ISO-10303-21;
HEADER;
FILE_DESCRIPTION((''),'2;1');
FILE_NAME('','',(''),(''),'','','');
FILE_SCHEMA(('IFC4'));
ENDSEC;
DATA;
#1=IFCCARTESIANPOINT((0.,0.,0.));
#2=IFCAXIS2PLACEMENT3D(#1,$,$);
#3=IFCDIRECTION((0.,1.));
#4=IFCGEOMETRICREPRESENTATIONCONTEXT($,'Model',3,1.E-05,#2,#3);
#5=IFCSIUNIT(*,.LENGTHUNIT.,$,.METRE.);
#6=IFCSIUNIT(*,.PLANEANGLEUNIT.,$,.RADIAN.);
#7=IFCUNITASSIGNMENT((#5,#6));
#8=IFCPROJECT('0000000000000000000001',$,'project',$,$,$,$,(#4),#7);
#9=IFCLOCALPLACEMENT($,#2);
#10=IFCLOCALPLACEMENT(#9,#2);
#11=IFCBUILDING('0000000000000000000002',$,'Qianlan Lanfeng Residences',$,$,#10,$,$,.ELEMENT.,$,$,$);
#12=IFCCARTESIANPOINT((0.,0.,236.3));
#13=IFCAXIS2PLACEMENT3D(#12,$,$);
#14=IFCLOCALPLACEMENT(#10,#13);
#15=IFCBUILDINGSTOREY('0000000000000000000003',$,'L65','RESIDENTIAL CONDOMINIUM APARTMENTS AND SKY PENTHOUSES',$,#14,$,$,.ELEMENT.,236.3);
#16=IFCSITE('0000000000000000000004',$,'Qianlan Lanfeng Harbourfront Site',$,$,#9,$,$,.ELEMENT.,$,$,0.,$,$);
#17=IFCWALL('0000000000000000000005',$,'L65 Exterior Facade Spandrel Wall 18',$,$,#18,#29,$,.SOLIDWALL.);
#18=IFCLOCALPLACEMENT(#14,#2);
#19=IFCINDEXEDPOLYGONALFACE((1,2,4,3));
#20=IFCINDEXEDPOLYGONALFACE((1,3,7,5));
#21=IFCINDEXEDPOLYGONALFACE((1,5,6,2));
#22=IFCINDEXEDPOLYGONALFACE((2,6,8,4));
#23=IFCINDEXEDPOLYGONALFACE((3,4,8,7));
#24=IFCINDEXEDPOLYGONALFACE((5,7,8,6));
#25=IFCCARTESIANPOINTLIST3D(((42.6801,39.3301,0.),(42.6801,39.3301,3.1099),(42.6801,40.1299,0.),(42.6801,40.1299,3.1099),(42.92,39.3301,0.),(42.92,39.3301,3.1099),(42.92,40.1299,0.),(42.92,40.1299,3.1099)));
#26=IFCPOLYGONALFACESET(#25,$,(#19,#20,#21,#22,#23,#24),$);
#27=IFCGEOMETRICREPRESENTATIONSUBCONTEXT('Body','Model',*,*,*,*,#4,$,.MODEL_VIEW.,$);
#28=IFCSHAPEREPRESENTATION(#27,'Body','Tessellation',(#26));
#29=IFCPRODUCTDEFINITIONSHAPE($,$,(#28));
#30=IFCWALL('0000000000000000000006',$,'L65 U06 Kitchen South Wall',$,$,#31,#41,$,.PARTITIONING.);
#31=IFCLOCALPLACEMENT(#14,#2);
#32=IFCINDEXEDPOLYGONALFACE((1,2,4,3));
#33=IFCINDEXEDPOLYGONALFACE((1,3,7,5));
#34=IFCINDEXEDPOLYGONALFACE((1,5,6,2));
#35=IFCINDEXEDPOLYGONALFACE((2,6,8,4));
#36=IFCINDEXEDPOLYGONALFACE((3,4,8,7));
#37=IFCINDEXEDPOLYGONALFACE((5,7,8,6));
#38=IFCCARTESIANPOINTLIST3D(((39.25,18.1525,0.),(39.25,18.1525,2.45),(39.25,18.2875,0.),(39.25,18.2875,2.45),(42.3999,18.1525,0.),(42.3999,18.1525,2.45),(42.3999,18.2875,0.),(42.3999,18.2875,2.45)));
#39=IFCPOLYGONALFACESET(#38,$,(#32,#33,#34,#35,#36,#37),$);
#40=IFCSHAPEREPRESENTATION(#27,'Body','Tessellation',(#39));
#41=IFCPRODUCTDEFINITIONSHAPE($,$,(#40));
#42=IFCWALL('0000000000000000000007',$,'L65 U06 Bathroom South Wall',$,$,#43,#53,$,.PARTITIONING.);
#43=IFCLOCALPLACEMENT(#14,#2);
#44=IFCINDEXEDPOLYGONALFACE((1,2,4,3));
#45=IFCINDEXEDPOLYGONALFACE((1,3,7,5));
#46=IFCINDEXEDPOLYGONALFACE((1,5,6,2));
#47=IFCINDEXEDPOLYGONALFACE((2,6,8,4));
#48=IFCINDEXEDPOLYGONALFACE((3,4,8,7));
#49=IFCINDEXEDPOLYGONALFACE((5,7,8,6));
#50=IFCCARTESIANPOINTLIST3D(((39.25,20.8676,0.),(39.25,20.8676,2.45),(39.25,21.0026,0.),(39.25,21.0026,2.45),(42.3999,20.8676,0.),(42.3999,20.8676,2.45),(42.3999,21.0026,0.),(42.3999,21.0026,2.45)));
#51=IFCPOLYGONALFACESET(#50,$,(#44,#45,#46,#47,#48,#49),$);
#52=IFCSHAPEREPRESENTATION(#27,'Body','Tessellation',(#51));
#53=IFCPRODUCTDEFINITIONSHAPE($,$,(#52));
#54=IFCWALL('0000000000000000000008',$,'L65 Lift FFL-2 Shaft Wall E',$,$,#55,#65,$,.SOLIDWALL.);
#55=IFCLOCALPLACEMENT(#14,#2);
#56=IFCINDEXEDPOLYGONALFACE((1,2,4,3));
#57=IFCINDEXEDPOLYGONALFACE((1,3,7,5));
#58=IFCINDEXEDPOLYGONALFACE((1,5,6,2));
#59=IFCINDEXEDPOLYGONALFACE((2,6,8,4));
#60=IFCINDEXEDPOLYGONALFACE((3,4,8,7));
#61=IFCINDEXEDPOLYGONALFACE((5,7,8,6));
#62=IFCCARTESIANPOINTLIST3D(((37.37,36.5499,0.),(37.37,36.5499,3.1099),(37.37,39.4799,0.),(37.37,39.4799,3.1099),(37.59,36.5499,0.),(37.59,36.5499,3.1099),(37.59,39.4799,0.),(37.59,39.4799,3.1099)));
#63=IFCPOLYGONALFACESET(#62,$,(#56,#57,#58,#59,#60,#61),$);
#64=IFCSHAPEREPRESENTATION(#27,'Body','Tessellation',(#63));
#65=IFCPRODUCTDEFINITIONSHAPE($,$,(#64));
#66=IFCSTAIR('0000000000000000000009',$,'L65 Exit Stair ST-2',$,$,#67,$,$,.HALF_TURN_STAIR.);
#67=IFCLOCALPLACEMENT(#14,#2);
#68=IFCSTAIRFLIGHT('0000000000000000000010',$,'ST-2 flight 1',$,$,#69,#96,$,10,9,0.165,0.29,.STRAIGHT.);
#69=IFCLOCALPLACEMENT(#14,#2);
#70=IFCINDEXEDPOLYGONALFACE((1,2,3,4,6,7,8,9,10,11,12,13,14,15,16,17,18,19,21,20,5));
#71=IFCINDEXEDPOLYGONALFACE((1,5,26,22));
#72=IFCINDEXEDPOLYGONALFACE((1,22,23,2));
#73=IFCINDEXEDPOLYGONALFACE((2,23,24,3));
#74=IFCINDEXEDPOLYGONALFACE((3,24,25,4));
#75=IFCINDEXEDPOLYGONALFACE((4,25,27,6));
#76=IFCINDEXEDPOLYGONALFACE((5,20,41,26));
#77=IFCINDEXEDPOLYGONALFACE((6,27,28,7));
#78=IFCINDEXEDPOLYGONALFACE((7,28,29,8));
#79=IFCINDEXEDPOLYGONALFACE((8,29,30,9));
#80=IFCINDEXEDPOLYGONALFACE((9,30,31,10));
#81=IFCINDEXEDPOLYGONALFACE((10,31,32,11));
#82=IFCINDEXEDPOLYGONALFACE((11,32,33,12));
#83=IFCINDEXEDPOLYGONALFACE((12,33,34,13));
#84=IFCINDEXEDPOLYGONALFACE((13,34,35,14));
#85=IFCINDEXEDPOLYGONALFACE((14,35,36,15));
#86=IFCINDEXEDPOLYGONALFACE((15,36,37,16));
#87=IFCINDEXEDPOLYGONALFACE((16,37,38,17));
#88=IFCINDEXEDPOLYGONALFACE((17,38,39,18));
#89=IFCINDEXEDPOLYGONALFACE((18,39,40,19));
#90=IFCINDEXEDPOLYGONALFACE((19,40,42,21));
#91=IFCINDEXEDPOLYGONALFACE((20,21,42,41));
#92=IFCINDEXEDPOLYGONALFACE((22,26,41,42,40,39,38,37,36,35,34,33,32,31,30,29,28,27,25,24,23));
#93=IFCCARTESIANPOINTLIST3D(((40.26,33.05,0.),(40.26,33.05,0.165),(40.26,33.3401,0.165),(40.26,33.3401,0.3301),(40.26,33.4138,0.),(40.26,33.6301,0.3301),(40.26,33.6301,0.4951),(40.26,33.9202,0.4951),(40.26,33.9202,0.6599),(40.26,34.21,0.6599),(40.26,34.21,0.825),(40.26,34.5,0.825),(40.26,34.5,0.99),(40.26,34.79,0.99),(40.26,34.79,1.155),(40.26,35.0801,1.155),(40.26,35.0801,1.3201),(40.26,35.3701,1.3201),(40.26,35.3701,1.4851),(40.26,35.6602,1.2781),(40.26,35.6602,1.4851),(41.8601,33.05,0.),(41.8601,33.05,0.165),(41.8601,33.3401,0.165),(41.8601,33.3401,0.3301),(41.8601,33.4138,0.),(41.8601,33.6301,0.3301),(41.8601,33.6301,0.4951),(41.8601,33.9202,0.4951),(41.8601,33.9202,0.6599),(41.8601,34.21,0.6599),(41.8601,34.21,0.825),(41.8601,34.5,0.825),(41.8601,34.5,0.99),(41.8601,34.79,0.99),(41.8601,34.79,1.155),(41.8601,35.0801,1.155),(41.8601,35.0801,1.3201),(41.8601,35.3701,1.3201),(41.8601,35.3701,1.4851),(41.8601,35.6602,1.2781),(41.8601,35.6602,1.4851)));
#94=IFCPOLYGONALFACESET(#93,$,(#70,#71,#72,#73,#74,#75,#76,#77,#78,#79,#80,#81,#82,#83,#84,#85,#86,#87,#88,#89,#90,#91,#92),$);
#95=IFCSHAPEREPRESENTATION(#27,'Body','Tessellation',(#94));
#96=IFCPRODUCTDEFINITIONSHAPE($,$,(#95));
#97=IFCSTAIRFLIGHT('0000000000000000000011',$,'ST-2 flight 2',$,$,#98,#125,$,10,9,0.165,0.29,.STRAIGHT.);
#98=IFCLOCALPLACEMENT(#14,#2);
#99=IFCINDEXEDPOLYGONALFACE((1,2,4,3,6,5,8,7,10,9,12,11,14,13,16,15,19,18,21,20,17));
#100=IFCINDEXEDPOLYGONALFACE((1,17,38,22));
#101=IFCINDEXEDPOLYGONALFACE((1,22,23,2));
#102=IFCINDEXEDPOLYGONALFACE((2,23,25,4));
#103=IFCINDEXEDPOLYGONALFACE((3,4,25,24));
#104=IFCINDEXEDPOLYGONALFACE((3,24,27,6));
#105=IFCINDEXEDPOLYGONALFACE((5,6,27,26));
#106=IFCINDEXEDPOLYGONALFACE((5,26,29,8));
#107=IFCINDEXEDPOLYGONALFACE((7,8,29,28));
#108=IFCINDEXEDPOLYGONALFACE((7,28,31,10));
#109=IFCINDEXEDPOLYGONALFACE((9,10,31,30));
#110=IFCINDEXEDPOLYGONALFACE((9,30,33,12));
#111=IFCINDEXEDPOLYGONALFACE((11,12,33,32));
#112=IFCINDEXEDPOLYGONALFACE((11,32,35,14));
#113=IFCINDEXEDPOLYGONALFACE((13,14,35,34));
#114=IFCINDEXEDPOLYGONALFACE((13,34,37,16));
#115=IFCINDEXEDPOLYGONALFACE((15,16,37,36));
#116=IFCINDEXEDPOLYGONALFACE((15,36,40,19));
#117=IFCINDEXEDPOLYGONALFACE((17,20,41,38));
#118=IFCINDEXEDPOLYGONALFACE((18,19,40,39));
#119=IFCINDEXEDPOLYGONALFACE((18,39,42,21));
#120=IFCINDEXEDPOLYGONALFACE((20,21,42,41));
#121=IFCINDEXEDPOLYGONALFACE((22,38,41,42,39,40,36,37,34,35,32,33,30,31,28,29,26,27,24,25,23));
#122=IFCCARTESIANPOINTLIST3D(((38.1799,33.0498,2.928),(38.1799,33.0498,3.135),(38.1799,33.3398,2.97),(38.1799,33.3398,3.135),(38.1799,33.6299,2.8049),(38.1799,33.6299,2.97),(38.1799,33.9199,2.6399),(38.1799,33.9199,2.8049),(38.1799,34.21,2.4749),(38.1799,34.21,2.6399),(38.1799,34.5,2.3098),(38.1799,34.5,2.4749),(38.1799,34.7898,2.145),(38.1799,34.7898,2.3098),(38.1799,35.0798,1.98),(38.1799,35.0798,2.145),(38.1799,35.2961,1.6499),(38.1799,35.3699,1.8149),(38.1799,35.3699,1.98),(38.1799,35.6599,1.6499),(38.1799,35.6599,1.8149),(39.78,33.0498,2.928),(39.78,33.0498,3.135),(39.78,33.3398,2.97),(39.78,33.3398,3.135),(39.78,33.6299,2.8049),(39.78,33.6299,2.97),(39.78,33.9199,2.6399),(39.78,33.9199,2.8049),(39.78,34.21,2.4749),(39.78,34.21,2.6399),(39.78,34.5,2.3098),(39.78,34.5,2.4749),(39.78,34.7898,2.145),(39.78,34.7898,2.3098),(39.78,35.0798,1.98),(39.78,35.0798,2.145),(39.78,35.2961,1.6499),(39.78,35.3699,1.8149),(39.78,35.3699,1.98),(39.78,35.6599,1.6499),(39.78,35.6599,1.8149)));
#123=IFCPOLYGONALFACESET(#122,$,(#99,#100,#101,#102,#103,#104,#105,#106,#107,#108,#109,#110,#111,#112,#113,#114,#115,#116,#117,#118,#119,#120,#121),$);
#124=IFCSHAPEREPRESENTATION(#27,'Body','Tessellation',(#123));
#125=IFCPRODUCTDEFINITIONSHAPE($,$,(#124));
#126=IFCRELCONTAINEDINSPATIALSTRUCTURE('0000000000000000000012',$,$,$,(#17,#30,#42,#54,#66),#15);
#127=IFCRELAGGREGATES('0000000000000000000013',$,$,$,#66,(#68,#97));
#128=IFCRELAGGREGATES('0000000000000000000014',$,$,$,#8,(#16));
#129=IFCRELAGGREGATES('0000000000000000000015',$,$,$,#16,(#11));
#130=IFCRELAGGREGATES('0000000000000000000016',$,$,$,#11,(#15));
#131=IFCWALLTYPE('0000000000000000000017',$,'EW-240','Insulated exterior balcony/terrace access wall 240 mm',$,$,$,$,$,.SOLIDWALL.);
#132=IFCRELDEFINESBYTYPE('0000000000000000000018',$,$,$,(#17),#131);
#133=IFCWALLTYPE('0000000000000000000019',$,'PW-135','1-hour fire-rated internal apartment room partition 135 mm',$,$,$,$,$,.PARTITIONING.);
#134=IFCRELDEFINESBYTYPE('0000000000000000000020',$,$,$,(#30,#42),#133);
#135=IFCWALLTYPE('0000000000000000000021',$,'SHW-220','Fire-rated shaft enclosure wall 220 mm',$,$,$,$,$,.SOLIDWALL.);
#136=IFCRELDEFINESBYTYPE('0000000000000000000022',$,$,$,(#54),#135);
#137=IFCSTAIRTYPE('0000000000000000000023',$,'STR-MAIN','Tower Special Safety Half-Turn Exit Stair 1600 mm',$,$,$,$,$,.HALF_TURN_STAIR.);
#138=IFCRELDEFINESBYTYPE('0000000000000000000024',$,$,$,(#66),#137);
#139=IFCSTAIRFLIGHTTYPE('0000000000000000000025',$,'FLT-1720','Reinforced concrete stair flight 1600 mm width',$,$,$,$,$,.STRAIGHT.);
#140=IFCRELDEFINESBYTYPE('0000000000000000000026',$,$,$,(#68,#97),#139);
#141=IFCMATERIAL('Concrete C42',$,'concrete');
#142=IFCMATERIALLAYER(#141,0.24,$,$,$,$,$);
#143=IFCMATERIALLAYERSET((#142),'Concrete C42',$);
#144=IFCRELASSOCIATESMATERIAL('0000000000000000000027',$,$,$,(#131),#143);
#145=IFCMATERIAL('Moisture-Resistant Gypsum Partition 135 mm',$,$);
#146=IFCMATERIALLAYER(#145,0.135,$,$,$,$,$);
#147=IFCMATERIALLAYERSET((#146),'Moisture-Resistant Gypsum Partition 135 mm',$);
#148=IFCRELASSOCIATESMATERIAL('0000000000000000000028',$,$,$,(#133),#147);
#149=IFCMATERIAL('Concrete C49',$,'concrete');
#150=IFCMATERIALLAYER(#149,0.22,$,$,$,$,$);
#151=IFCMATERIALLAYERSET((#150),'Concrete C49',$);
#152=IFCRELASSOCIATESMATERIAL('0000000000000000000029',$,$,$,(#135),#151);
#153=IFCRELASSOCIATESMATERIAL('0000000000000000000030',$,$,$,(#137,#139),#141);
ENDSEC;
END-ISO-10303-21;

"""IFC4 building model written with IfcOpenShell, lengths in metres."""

from ifc_helpers import new_model, si_unit, direction, frame, frame_2d, origin, place, context, subcontext, project, spatial, polyline, rectangle, outline, extrude, material, layer, layer_set, type_object, element, aggregate, save


model = new_model("IFC4")

# Units and contexts
model_context = context("Model", 3, precision=1e-05, world=origin(), true_north=direction((0.0, 1.0)))
body_context = subcontext(model_context, "Body", "Model", "MODEL_VIEW")
ifc_project = project(units=[si_unit("LENGTHUNIT", "METRE"), si_unit("PLANEANGLEUNIT", "RADIAN")], contexts=[model_context])

# Site, building, storey
site_placement = place(None, origin())
site = spatial("IfcSite", under=ifc_project, at=site_placement, Name="Qianlan Lanfeng Harbourfront Site", CompositionType="ELEMENT", RefElevation=0.0)
building_placement = place(site_placement, origin())
building = spatial("IfcBuilding", under=site, at=building_placement, Name="Qianlan Lanfeng Residences", CompositionType="ELEMENT")
storey_placement = place(building_placement, frame((0.0, 0.0, 236.3)))
storey = spatial("IfcBuildingStorey", under=building, at=storey_placement, Name="L65", Description="RESIDENTIAL CONDOMINIUM APARTMENTS AND SKY PENTHOUSES", CompositionType="ELEMENT", Elevation=236.3)

# Shared definitions
ifc_material_1 = material(Name="Concrete C49", Category="concrete")

# Walls
ifc_material_2 = material(Name="Concrete C42", Category="concrete")
ifc_layer_1 = layer(ifc_material_2, 0.24)
ifc_layer_set_1 = layer_set([ifc_layer_1], Name="Concrete C42")
wall_type_1 = type_object("IfcWallType", Name="EW-240", Description="Insulated exterior balcony/terrace access wall 240 mm", PredefinedType="SOLIDWALL", material=ifc_layer_set_1)
wall_1_placement = place(storey_placement, frame((42.8, 39.3301, 0.0), z_axis=(0.0, 0.0, 1.0), x_axis=(0.0, 1.0, 0.0)))
element("IfcWall", 1, at=wall_1_placement, inside=storey, type_object=wall_type_1, Name="L65 Exterior Facade Spandrel Wall 18", PredefinedType="SOLIDWALL", context=body_context, shape_type="SweptSolid", body=[
    extrude(rectangle(XDim=0.7998, YDim=0.24, at=frame_2d((0.3999, 0.0))), origin(), (0.0, 0.0, 1.0), 3.1099),
])
ifc_material_3 = material(Name="Moisture-Resistant Gypsum Partition 135 mm")
ifc_layer_2 = layer(ifc_material_3, 0.135)
ifc_layer_set_2 = layer_set([ifc_layer_2], Name="Moisture-Resistant Gypsum Partition 135 mm")
wall_type_2 = type_object("IfcWallType", Name="PW-135", Description="1-hour fire-rated internal apartment room partition 135 mm", PredefinedType="PARTITIONING", material=ifc_layer_set_2)
for number, where, z_axis, x_axis, name in (
    (2, (39.25, 18.22, 0.0), (0.0, 0.0, 1.0), (1.0, 0.0, 0.0), "L65 U06 Kitchen South Wall"),
    (3, (39.25, 20.9351, 0.0), (0.0, 0.0, 1.0), (1.0, 0.0, 0.0), "L65 U06 Bathroom South Wall"),
):
    element("IfcWall", number, at=place(storey_placement, frame(where, z_axis=z_axis, x_axis=x_axis)), inside=storey, type_object=wall_type_2, Name=name, PredefinedType="PARTITIONING", context=body_context, shape_type="SweptSolid", body=[
        extrude(rectangle(XDim=3.1499, YDim=0.135, at=frame_2d((1.575, 0.0))), origin(), (0.0, 0.0, 1.0), 2.45),
    ])

# Wall
ifc_layer_3 = layer(ifc_material_1, 0.22)
ifc_layer_set_3 = layer_set([ifc_layer_3], Name="Concrete C49")
wall_type_3 = type_object("IfcWallType", Name="SHW-220", Description="Fire-rated shaft enclosure wall 220 mm", PredefinedType="SOLIDWALL", material=ifc_layer_set_3)
wall_2_placement = place(storey_placement, frame((37.48, 36.55, 0.0), z_axis=(0.0, 0.0, 1.0), x_axis=(0.0, 1.0, 0.0)))
element("IfcWall", 4, at=wall_2_placement, inside=storey, type_object=wall_type_3, Name="L65 Lift FFL-2 Shaft Wall E", PredefinedType="SOLIDWALL", context=body_context, shape_type="SweptSolid", body=[
    extrude(rectangle(XDim=2.9299, YDim=0.22, at=frame_2d((1.4648, 0.0))), origin(), (0.0, 0.0, 1.0), 3.1099),
])

# Stair, stair flights
stair_type = type_object("IfcStairType", Name="STR-MAIN", Description="Tower Special Safety Half-Turn Exit Stair 1600 mm", PredefinedType="HALF_TURN_STAIR", material=ifc_material_2)
stair_placement = place(storey_placement, origin())
stair = element("IfcStair", 5, at=stair_placement, inside=storey, type_object=stair_type, Name="L65 Exit Stair ST-2", PredefinedType="HALF_TURN_STAIR")
stair_flight_type = type_object("IfcStairFlightType", Name="FLT-1720", Description="Reinforced concrete stair flight 1600 mm width", PredefinedType="STRAIGHT", material=ifc_material_2)
stair_flight_1_placement = place(storey_placement, frame((41.0601, 33.05, 0.0), z_axis=(0.0, 0.0, 1.0), x_axis=(0.0, 1.0, 0.0)))
stair_flight_1 = element("IfcStairFlight", 6, at=stair_flight_1_placement, type_object=stair_flight_type, Name="ST-2 flight 1", NumberOfRisers=10, NumberOfTreads=9, PredefinedType="STRAIGHT", RiserHeight=0.165, TreadLength=0.29, context=body_context, shape_type="SweptSolid", body=[
    extrude(outline(polyline([(0.0, 0.0), (0.0, 0.165), (0.29, 0.165), (0.29, 0.3301), (0.5801, 0.3301), (0.5801, 0.4951), (0.8701, 0.4951), (0.8701, 0.6599), (1.1599, 0.6599), (1.1599, 0.825), (1.45, 0.825), (1.45, 0.99), (1.74, 0.99), (1.74, 1.155), (2.03, 1.155), (2.03, 1.3201), (2.3201, 1.3201), (2.3201, 1.4851), (2.6101, 1.4851), (2.6101, 1.6499), (2.6101, 1.2781), (0.3638, 0.0), (0.0, 0.0)])), frame((0.0, 0.8, 0.0), z_axis=(0.0, -1.0, 0.0), x_axis=(1.0, 0.0, 0.0)), (0.0, 0.0, 1.0), 1.6001),
])
stair_flight_2_placement = place(storey_placement, frame((38.98, 35.6599, 1.6499), z_axis=(0.0, 0.0, 1.0), x_axis=(0.0, -1.0, 0.0)))
stair_flight_2 = element("IfcStairFlight", 7, at=stair_flight_2_placement, type_object=stair_flight_type, Name="ST-2 flight 2", NumberOfRisers=10, NumberOfTreads=9, PredefinedType="STRAIGHT", RiserHeight=0.165, TreadLength=0.29, context=body_context, shape_type="SweptSolid", body=[
    extrude(outline(polyline([(0.0, 0.0), (0.0, 0.165), (0.29, 0.165), (0.29, 0.3301), (0.5801, 0.3301), (0.5801, 0.4951), (0.8701, 0.4951), (0.8701, 0.6599), (1.1599, 0.6599), (1.1599, 0.825), (1.45, 0.825), (1.45, 0.99), (1.74, 0.99), (1.74, 1.155), (2.03, 1.155), (2.03, 1.3201), (2.3201, 1.3201), (2.3201, 1.4851), (2.6101, 1.4851), (2.6101, 1.6499), (2.6101, 1.2781), (0.3638, 0.0), (0.0, 0.0)])), frame((0.0, 0.8, 0.0), z_axis=(0.0, -1.0, 0.0), x_axis=(1.0, 0.0, 0.0)), (0.0, 0.0, 1.0), 1.6001),
])
aggregate(stair, [stair_flight_1, stair_flight_2])

save(model, "model.ifc")
